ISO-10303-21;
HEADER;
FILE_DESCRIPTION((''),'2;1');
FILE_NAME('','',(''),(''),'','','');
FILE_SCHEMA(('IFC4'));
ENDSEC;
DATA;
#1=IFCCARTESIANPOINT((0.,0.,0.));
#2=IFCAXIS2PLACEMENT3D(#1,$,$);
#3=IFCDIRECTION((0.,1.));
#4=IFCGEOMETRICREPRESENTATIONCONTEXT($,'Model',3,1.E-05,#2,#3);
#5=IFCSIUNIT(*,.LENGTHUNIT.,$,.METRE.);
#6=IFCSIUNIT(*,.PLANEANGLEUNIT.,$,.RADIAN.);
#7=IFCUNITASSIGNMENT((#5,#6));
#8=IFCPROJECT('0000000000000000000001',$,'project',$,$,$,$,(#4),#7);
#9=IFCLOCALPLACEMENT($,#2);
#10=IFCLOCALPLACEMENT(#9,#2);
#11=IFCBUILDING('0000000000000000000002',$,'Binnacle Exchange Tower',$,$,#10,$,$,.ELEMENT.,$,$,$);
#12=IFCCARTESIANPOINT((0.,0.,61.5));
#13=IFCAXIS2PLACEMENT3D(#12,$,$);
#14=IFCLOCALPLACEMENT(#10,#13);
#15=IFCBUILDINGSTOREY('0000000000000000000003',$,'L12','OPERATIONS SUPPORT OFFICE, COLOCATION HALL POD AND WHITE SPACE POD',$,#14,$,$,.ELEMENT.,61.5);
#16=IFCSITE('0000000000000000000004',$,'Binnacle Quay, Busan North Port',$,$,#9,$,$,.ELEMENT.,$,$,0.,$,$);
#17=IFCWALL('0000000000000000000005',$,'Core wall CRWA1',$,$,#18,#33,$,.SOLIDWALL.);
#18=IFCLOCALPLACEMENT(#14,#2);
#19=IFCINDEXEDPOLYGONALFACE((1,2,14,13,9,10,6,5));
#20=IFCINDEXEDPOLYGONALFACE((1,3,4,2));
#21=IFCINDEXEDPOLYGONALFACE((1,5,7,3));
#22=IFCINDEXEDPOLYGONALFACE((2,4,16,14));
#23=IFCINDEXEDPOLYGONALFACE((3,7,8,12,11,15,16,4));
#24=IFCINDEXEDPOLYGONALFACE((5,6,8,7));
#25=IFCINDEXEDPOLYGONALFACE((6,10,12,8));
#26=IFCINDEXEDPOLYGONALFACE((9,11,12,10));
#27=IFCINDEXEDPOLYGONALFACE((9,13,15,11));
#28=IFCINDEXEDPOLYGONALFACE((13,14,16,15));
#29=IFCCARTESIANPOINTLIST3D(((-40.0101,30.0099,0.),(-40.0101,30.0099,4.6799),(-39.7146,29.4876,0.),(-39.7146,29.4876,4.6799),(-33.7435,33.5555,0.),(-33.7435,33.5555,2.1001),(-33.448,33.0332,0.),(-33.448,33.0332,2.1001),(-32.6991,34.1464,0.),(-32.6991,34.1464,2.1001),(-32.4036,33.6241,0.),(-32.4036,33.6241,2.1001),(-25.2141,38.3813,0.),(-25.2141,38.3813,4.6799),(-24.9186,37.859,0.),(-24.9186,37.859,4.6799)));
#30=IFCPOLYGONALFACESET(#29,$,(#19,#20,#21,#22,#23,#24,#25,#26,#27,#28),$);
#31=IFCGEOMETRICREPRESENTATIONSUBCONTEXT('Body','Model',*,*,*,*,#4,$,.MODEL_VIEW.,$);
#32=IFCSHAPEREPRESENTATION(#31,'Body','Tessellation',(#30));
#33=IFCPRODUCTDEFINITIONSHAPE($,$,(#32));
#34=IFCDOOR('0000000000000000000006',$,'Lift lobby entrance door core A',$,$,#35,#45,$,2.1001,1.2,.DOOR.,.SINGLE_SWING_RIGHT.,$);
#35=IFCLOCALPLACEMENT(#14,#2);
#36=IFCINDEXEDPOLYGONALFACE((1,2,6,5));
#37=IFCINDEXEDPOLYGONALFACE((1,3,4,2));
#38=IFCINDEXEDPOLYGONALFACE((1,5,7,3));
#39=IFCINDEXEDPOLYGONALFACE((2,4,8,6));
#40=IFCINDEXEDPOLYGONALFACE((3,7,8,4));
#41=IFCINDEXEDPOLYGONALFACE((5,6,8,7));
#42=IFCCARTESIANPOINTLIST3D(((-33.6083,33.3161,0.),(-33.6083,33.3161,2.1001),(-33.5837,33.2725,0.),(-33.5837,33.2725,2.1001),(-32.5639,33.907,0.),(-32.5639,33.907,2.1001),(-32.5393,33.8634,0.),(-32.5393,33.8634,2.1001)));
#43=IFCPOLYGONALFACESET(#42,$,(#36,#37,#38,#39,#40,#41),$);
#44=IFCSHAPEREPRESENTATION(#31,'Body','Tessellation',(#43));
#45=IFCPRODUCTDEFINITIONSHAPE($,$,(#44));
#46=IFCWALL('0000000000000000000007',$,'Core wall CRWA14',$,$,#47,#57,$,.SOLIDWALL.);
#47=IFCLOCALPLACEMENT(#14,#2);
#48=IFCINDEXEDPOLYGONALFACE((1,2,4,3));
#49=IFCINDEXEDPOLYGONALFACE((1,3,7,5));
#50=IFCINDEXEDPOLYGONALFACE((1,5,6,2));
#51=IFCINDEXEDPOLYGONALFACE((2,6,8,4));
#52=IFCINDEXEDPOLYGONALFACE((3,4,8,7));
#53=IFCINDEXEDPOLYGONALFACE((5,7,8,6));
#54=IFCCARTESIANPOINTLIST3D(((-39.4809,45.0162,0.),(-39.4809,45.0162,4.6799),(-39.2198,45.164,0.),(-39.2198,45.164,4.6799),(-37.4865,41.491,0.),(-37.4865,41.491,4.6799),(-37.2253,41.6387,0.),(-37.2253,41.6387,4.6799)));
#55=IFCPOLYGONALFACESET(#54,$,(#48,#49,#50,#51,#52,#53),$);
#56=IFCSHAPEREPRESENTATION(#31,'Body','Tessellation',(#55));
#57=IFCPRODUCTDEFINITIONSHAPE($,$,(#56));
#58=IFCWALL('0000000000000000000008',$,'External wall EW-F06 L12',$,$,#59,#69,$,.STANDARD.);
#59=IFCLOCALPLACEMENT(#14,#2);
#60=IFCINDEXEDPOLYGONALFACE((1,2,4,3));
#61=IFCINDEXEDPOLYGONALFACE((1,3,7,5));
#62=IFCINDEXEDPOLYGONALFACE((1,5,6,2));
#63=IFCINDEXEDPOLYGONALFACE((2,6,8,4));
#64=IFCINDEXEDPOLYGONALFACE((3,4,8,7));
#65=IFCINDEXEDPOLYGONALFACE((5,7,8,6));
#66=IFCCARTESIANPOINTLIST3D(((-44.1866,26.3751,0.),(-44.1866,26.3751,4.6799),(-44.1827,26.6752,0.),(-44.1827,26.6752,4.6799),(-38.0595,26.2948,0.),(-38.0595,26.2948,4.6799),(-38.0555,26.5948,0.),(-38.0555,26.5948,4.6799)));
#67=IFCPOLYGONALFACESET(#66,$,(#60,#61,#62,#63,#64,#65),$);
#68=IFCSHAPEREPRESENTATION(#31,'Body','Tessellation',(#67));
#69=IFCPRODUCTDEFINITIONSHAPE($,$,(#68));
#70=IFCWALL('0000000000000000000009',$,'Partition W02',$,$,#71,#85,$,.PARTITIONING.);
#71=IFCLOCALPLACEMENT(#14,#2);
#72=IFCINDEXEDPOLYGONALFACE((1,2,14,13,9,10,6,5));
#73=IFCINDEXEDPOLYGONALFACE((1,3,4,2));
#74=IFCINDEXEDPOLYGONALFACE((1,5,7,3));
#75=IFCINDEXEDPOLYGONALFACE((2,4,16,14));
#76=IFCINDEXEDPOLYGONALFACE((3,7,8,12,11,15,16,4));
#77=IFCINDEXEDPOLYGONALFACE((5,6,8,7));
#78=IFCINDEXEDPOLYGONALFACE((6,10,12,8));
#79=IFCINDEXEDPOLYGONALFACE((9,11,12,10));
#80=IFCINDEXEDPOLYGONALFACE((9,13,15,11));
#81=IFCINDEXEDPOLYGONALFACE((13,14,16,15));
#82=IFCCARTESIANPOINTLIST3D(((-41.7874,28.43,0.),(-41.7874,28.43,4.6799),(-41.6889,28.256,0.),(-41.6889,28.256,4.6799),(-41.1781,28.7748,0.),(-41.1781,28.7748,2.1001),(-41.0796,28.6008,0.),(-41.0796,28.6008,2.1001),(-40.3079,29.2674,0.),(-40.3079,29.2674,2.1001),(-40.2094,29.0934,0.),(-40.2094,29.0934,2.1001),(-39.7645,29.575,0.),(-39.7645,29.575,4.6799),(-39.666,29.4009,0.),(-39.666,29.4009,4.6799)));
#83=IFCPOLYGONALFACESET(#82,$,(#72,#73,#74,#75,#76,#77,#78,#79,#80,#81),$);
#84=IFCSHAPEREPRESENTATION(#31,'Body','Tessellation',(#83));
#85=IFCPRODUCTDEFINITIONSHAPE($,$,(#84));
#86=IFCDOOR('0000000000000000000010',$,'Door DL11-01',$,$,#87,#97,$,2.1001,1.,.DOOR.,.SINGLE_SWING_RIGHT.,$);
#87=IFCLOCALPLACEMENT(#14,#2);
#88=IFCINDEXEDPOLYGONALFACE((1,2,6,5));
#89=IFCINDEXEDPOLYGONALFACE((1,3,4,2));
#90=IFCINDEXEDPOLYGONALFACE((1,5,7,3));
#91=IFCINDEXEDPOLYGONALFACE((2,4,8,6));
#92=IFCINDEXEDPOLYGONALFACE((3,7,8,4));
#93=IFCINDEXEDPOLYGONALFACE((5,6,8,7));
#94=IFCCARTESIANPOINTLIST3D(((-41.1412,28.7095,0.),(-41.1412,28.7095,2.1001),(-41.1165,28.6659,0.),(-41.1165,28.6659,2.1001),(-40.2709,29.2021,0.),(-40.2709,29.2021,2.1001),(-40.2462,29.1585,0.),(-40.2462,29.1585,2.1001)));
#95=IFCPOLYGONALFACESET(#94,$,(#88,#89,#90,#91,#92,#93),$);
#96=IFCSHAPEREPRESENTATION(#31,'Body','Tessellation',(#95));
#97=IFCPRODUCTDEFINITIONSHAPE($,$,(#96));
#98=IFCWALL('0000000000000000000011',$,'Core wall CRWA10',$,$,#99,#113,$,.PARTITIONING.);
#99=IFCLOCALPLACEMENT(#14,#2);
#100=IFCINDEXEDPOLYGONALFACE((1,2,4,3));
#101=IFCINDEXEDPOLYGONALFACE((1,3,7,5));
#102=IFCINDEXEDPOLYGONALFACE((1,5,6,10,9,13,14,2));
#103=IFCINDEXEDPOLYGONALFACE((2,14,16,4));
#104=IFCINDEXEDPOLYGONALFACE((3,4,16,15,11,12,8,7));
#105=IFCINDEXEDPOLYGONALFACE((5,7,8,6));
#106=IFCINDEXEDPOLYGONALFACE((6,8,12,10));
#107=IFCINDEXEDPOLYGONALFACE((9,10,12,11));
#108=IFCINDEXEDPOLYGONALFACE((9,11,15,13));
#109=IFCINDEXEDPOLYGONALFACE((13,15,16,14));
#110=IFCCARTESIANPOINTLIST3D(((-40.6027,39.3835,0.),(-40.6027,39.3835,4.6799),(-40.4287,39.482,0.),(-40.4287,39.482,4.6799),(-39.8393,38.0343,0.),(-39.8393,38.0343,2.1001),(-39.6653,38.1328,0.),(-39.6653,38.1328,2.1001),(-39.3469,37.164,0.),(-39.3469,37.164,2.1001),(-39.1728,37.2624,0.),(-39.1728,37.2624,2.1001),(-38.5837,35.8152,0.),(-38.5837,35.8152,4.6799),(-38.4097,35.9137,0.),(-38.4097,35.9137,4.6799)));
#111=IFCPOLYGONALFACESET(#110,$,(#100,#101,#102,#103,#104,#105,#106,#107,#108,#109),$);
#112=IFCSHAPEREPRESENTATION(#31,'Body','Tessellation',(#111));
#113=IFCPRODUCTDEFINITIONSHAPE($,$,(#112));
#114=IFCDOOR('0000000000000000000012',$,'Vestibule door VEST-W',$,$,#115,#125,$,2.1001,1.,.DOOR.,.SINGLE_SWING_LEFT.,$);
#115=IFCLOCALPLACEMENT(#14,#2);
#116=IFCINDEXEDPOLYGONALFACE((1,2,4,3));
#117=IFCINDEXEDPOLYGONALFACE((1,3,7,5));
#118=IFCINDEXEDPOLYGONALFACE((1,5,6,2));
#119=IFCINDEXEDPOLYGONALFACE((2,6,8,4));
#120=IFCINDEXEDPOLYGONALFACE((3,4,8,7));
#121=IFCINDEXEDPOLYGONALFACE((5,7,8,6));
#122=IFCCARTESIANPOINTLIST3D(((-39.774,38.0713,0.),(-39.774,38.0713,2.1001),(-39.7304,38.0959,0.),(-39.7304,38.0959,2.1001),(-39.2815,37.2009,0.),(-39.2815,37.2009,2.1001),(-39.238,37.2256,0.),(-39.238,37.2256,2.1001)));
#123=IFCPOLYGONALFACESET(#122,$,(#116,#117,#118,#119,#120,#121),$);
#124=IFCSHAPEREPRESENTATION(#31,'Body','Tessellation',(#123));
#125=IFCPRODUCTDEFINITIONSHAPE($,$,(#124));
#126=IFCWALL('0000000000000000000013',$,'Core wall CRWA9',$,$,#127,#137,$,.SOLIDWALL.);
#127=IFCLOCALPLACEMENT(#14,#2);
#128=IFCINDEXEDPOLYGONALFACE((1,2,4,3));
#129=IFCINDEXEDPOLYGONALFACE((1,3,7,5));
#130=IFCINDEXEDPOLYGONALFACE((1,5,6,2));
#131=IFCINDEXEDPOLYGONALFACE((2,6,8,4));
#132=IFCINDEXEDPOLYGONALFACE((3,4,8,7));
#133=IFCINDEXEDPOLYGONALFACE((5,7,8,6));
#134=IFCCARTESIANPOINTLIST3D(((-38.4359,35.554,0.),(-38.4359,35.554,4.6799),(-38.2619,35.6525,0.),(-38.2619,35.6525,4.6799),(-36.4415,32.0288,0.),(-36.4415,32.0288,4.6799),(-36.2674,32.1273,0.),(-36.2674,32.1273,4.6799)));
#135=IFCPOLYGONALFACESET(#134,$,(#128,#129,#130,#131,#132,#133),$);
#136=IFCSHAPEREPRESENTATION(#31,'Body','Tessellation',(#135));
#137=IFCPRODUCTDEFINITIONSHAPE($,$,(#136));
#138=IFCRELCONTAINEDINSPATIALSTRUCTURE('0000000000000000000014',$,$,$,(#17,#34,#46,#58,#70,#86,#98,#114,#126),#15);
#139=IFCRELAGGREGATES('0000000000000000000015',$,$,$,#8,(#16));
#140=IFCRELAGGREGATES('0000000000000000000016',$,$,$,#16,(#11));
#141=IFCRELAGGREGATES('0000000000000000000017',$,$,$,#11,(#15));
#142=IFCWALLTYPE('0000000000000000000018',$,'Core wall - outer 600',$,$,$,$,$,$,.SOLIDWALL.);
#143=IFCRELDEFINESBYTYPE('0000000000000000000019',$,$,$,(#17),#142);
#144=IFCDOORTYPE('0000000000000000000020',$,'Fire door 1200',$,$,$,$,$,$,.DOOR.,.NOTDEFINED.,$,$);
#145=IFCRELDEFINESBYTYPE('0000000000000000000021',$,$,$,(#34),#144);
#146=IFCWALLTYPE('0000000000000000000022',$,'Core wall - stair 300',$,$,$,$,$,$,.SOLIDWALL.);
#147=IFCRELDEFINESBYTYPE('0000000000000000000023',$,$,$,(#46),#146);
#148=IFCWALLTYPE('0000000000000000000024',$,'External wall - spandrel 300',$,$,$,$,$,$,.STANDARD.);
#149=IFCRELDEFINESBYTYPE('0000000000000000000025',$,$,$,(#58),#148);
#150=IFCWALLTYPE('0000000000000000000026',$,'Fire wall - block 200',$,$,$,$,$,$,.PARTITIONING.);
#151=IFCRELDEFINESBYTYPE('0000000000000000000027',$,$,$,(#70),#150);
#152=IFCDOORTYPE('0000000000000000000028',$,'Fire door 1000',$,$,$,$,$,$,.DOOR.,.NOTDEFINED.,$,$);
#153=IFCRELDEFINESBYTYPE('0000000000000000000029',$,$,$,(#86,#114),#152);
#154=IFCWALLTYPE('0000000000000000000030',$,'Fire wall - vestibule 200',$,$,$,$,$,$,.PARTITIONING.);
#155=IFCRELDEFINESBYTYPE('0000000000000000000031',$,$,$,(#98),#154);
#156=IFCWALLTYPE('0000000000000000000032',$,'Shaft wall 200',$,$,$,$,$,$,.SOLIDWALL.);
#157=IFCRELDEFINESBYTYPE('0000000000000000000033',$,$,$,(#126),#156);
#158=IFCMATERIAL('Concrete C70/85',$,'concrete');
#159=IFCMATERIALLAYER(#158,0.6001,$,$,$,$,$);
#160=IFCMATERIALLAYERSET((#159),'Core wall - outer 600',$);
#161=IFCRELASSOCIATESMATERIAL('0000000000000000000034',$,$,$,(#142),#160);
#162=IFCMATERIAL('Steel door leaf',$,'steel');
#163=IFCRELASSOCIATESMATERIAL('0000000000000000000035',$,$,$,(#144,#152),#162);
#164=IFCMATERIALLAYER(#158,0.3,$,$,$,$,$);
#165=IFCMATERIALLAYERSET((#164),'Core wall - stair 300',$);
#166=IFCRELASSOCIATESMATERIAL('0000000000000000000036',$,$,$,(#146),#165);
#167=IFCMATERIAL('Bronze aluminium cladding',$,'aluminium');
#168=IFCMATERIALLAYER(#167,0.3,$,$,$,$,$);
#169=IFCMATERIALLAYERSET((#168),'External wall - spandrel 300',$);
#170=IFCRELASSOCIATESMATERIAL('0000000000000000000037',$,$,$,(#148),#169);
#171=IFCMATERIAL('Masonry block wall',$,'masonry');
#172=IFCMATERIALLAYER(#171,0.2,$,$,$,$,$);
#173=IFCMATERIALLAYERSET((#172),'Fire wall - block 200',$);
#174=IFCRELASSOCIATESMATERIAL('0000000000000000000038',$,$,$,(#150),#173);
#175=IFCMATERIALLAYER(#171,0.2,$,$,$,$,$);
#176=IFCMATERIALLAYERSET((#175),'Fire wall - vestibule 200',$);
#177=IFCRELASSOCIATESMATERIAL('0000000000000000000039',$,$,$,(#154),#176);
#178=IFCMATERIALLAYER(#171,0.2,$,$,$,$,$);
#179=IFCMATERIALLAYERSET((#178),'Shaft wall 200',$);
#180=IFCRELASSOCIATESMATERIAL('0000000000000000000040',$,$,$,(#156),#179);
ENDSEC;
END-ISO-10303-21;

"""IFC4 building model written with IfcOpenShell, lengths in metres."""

from ifc_helpers import new_model, si_unit, direction, frame, frame_2d, origin, place, context, subcontext, project, spatial, rectangle, extrude, material, layer, layer_set, type_object, element, fill, save


model = new_model("IFC4")

# Units and contexts
model_context = context("Model", 3, precision=1e-05, world=origin(), true_north=direction((0.0, 1.0)))
body_context = subcontext(model_context, "Body", "Model", "MODEL_VIEW")
ifc_project = project(units=[si_unit("LENGTHUNIT", "METRE"), si_unit("PLANEANGLEUNIT", "RADIAN")], contexts=[model_context])

# Site, building, storey
site_placement = place(None, origin())
site = spatial("IfcSite", under=ifc_project, at=site_placement, Name="Binnacle Quay, Busan North Port", CompositionType="ELEMENT", RefElevation=0.0)
building_placement = place(site_placement, origin())
building = spatial("IfcBuilding", under=site, at=building_placement, Name="Binnacle Exchange Tower", CompositionType="ELEMENT")
storey_placement = place(building_placement, frame((0.0, 0.0, 61.5)))
storey = spatial("IfcBuildingStorey", under=building, at=storey_placement, Name="L12", Description="OPERATIONS SUPPORT OFFICE, COLOCATION HALL POD AND WHITE SPACE POD", CompositionType="ELEMENT", Elevation=61.5)

# Shared definitions
ifc_material_1 = material(Name="Concrete C70/85", Category="concrete")

# Shared definitions
ifc_material_2 = material(Name="Steel door leaf", Category="steel")

# Wall, opening, door
ifc_layer_1 = layer(ifc_material_1, 0.6001)
ifc_layer_set_1 = layer_set([ifc_layer_1], Name="Core wall - outer 600")
wall_type_1 = type_object("IfcWallType", Name="Core wall - outer 600", PredefinedType="SOLIDWALL", material=ifc_layer_set_1)
wall_1_placement = place(storey_placement, frame((-39.8623, 29.7488, 0.0), z_axis=(0.0, 0.0, 1.0), x_axis=(0.87035, 0.492433, 0.0)))
wall_1 = element("IfcWall", 1, at=wall_1_placement, inside=storey, type_object=wall_type_1, Name="Core wall CRWA1", PredefinedType="SOLIDWALL", context=body_context, shape_type="SweptSolid", body=[
    extrude(rectangle(XDim=17.0, YDim=0.6001, at=frame_2d((8.5, 0.0))), origin(), (0.0, 0.0, 1.0), 4.6799),
])
opening_1_placement = place(wall_1_placement, frame((7.2, 0.0, 0.0)))
opening_1 = element("IfcOpeningElement", 2, at=opening_1_placement, cuts=wall_1, PredefinedType="OPENING", context=body_context, shape_type="SweptSolid", body=[
    extrude(rectangle(XDim=1.2, YDim=2.1001, at=frame_2d((0.6001, 1.05))), frame((0.0, 0.3101, 0.0), z_axis=(0.0, -1.0, 0.0), x_axis=(1.0, 0.0, 0.0)), (0.0, 0.0, 1.0), 0.6201),
])
door_type_1 = type_object("IfcDoorType", Name="Fire door 1200", OperationType="NOTDEFINED", PredefinedType="DOOR", material=ifc_material_2)
door_1_placement = place(opening_1_placement, frame((1.2, 0.0, 0.0), z_axis=(0.0, 0.0, 1.0), x_axis=(-1.0, 0.0, 0.0)))
door_1 = element("IfcDoor", 3, at=door_1_placement, inside=storey, type_object=door_type_1, Name="Lift lobby entrance door core A", OperationType="SINGLE_SWING_RIGHT", OverallHeight=2.1001, OverallWidth=1.2, PredefinedType="DOOR", context=body_context, shape_type="SweptSolid", body=[
    extrude(rectangle(XDim=1.2, YDim=2.1001, at=frame_2d((0.6001, 1.05))), frame((0.0, 0.0249, 0.0), z_axis=(0.0, -1.0, 0.0), x_axis=(1.0, 0.0, 0.0)), (0.0, 0.0, 1.0), 0.05),
])
fill(opening_1, door_1)

# Walls
ifc_layer_2 = layer(ifc_material_1, 0.3)
ifc_layer_set_2 = layer_set([ifc_layer_2], Name="Core wall - stair 300")
wall_type_2 = type_object("IfcWallType", Name="Core wall - stair 300", PredefinedType="SOLIDWALL", material=ifc_layer_set_2)
wall_2_placement = place(storey_placement, frame((-39.3503, 45.0901, 0.0), z_axis=(0.0, 0.0, 1.0), x_axis=(0.492415, -0.870361, 0.0)))
element("IfcWall", 4, at=wall_2_placement, inside=storey, type_object=wall_type_2, Name="Core wall CRWA14", PredefinedType="SOLIDWALL", context=body_context, shape_type="SweptSolid", body=[
    extrude(rectangle(XDim=4.0503, YDim=0.3, at=frame_2d((2.0251, 0.0))), origin(), (0.0, 0.0, 1.0), 4.6799),
])
ifc_material_3 = material(Name="Bronze aluminium cladding", Category="aluminium")
ifc_layer_3 = layer(ifc_material_3, 0.3)
ifc_layer_set_3 = layer_set([ifc_layer_3], Name="External wall - spandrel 300")
wall_type_3 = type_object("IfcWallType", Name="External wall - spandrel 300", PredefinedType="STANDARD", material=ifc_layer_set_3)
wall_3_placement = place(storey_placement, frame((-38.0574, 26.4448, 0.0), z_axis=(0.0, 0.0, 1.0), x_axis=(-0.999914, 0.013108, 0.0)))
element("IfcWall", 5, at=wall_3_placement, inside=storey, type_object=wall_type_3, Name="External wall EW-F06 L12", PredefinedType="STANDARD", context=body_context, shape_type="SweptSolid", body=[
    extrude(rectangle(XDim=6.1277, YDim=0.3, at=frame_2d((3.064, 0.0))), origin(), (0.0, 0.0, 1.0), 4.6799),
])

# Walls, openings, doors
ifc_material_4 = material(Name="Masonry block wall", Category="masonry")
ifc_layer_4 = layer(ifc_material_4, 0.2)
ifc_layer_set_4 = layer_set([ifc_layer_4], Name="Fire wall - block 200")
wall_type_4 = type_object("IfcWallType", Name="Fire wall - block 200", PredefinedType="PARTITIONING", material=ifc_layer_set_4)
wall_4_placement = place(storey_placement, frame((-41.738, 28.343, 0.0), z_axis=(0.0, 0.0, 1.0), x_axis=(0.870265, 0.492583, 0.0)))
wall_4 = element("IfcWall", 6, at=wall_4_placement, inside=storey, type_object=wall_type_4, Name="Partition W02", PredefinedType="PARTITIONING", context=body_context, shape_type="SweptSolid", body=[
    extrude(rectangle(XDim=2.3245, YDim=0.2, at=frame_2d((1.1621, 0.0))), origin(), (0.0, 0.0, 1.0), 4.6799),
])
opening_2_placement = place(wall_4_placement, frame((0.7, 0.0, 0.0)))
opening_2 = element("IfcOpeningElement", 7, at=opening_2_placement, cuts=wall_4, PredefinedType="OPENING", context=body_context, shape_type="SweptSolid", body=[
    extrude(rectangle(XDim=1.0, YDim=2.1001, at=frame_2d((0.5, 1.05))), frame((0.0, 0.1099, 0.0), z_axis=(0.0, -1.0, 0.0), x_axis=(1.0, 0.0, 0.0)), (0.0, 0.0, 1.0), 0.22),
])
door_type_2 = type_object("IfcDoorType", Name="Fire door 1000", OperationType="NOTDEFINED", PredefinedType="DOOR", material=ifc_material_2)
door_2_placement = place(opening_2_placement, origin())
door_2 = element("IfcDoor", 8, at=door_2_placement, inside=storey, type_object=door_type_2, Name="Door DL11-01", OperationType="SINGLE_SWING_RIGHT", OverallHeight=2.1001, OverallWidth=1.0, PredefinedType="DOOR", context=body_context, shape_type="SweptSolid", body=[
    extrude(rectangle(XDim=1.0, YDim=2.1001, at=frame_2d((0.5, 1.05))), frame((0.0, 0.0249, 0.0), z_axis=(0.0, -1.0, 0.0), x_axis=(1.0, 0.0, 0.0)), (0.0, 0.0, 1.0), 0.05),
])
fill(opening_2, door_2)
ifc_layer_5 = layer(ifc_material_4, 0.2)
ifc_layer_set_5 = layer_set([ifc_layer_5], Name="Fire wall - vestibule 200")
wall_type_5 = type_object("IfcWallType", Name="Fire wall - vestibule 200", PredefinedType="PARTITIONING", material=ifc_layer_set_5)
wall_5_placement = place(storey_placement, frame((-40.5156, 39.4326, 0.0), z_axis=(0.0, 0.0, 1.0), x_axis=(0.492454, -0.870339, 0.0)))
wall_5 = element("IfcWall", 9, at=wall_5_placement, inside=storey, type_object=wall_type_5, Name="Core wall CRWA10", PredefinedType="PARTITIONING", context=body_context, shape_type="SweptSolid", body=[
    extrude(rectangle(XDim=4.0999, YDim=0.2, at=frame_2d((2.0498, 0.0))), origin(), (0.0, 0.0, 1.0), 4.6799),
])
opening_3_placement = place(wall_5_placement, frame((1.55, 0.0, 0.0)))
opening_3 = element("IfcOpeningElement", 10, at=opening_3_placement, cuts=wall_5, PredefinedType="OPENING", context=body_context, shape_type="SweptSolid", body=[
    extrude(rectangle(XDim=1.0, YDim=2.1001, at=frame_2d((0.5, 1.05))), frame((0.0, 0.1099, 0.0), z_axis=(0.0, -1.0, 0.0), x_axis=(1.0, 0.0, 0.0)), (0.0, 0.0, 1.0), 0.22),
])
door_3_placement = place(opening_3_placement, frame((1.0, 0.0, 0.0), z_axis=(0.0, 0.0, 1.0), x_axis=(-1.0, 0.0, 0.0)))
door_3 = element("IfcDoor", 11, at=door_3_placement, inside=storey, type_object=door_type_2, Name="Vestibule door VEST-W", OperationType="SINGLE_SWING_LEFT", OverallHeight=2.1001, OverallWidth=1.0, PredefinedType="DOOR", context=body_context, shape_type="SweptSolid", body=[
    extrude(rectangle(XDim=1.0, YDim=2.1001, at=frame_2d((0.5, 1.05))), frame((0.0, 0.0249, 0.0), z_axis=(0.0, -1.0, 0.0), x_axis=(1.0, 0.0, 0.0)), (0.0, 0.0, 1.0), 0.05),
])
fill(opening_3, door_3)

# Wall
ifc_layer_6 = layer(ifc_material_4, 0.2)
ifc_layer_set_6 = layer_set([ifc_layer_6], Name="Shaft wall 200")
wall_type_6 = type_object("IfcWallType", Name="Shaft wall 200", PredefinedType="SOLIDWALL", material=ifc_layer_set_6)
wall_6_placement = place(storey_placement, frame((-38.3489, 35.6033, 0.0), z_axis=(0.0, 0.0, 1.0), x_axis=(0.492415, -0.870361, 0.0)))
element("IfcWall", 12, at=wall_6_placement, inside=storey, type_object=wall_type_6, Name="Core wall CRWA9", PredefinedType="SOLIDWALL", context=body_context, shape_type="SweptSolid", body=[
    extrude(rectangle(XDim=4.0503, YDim=0.2, at=frame_2d((2.0251, 0.0))), origin(), (0.0, 0.0, 1.0), 4.6799),
])

save(model, "model.ifc")
